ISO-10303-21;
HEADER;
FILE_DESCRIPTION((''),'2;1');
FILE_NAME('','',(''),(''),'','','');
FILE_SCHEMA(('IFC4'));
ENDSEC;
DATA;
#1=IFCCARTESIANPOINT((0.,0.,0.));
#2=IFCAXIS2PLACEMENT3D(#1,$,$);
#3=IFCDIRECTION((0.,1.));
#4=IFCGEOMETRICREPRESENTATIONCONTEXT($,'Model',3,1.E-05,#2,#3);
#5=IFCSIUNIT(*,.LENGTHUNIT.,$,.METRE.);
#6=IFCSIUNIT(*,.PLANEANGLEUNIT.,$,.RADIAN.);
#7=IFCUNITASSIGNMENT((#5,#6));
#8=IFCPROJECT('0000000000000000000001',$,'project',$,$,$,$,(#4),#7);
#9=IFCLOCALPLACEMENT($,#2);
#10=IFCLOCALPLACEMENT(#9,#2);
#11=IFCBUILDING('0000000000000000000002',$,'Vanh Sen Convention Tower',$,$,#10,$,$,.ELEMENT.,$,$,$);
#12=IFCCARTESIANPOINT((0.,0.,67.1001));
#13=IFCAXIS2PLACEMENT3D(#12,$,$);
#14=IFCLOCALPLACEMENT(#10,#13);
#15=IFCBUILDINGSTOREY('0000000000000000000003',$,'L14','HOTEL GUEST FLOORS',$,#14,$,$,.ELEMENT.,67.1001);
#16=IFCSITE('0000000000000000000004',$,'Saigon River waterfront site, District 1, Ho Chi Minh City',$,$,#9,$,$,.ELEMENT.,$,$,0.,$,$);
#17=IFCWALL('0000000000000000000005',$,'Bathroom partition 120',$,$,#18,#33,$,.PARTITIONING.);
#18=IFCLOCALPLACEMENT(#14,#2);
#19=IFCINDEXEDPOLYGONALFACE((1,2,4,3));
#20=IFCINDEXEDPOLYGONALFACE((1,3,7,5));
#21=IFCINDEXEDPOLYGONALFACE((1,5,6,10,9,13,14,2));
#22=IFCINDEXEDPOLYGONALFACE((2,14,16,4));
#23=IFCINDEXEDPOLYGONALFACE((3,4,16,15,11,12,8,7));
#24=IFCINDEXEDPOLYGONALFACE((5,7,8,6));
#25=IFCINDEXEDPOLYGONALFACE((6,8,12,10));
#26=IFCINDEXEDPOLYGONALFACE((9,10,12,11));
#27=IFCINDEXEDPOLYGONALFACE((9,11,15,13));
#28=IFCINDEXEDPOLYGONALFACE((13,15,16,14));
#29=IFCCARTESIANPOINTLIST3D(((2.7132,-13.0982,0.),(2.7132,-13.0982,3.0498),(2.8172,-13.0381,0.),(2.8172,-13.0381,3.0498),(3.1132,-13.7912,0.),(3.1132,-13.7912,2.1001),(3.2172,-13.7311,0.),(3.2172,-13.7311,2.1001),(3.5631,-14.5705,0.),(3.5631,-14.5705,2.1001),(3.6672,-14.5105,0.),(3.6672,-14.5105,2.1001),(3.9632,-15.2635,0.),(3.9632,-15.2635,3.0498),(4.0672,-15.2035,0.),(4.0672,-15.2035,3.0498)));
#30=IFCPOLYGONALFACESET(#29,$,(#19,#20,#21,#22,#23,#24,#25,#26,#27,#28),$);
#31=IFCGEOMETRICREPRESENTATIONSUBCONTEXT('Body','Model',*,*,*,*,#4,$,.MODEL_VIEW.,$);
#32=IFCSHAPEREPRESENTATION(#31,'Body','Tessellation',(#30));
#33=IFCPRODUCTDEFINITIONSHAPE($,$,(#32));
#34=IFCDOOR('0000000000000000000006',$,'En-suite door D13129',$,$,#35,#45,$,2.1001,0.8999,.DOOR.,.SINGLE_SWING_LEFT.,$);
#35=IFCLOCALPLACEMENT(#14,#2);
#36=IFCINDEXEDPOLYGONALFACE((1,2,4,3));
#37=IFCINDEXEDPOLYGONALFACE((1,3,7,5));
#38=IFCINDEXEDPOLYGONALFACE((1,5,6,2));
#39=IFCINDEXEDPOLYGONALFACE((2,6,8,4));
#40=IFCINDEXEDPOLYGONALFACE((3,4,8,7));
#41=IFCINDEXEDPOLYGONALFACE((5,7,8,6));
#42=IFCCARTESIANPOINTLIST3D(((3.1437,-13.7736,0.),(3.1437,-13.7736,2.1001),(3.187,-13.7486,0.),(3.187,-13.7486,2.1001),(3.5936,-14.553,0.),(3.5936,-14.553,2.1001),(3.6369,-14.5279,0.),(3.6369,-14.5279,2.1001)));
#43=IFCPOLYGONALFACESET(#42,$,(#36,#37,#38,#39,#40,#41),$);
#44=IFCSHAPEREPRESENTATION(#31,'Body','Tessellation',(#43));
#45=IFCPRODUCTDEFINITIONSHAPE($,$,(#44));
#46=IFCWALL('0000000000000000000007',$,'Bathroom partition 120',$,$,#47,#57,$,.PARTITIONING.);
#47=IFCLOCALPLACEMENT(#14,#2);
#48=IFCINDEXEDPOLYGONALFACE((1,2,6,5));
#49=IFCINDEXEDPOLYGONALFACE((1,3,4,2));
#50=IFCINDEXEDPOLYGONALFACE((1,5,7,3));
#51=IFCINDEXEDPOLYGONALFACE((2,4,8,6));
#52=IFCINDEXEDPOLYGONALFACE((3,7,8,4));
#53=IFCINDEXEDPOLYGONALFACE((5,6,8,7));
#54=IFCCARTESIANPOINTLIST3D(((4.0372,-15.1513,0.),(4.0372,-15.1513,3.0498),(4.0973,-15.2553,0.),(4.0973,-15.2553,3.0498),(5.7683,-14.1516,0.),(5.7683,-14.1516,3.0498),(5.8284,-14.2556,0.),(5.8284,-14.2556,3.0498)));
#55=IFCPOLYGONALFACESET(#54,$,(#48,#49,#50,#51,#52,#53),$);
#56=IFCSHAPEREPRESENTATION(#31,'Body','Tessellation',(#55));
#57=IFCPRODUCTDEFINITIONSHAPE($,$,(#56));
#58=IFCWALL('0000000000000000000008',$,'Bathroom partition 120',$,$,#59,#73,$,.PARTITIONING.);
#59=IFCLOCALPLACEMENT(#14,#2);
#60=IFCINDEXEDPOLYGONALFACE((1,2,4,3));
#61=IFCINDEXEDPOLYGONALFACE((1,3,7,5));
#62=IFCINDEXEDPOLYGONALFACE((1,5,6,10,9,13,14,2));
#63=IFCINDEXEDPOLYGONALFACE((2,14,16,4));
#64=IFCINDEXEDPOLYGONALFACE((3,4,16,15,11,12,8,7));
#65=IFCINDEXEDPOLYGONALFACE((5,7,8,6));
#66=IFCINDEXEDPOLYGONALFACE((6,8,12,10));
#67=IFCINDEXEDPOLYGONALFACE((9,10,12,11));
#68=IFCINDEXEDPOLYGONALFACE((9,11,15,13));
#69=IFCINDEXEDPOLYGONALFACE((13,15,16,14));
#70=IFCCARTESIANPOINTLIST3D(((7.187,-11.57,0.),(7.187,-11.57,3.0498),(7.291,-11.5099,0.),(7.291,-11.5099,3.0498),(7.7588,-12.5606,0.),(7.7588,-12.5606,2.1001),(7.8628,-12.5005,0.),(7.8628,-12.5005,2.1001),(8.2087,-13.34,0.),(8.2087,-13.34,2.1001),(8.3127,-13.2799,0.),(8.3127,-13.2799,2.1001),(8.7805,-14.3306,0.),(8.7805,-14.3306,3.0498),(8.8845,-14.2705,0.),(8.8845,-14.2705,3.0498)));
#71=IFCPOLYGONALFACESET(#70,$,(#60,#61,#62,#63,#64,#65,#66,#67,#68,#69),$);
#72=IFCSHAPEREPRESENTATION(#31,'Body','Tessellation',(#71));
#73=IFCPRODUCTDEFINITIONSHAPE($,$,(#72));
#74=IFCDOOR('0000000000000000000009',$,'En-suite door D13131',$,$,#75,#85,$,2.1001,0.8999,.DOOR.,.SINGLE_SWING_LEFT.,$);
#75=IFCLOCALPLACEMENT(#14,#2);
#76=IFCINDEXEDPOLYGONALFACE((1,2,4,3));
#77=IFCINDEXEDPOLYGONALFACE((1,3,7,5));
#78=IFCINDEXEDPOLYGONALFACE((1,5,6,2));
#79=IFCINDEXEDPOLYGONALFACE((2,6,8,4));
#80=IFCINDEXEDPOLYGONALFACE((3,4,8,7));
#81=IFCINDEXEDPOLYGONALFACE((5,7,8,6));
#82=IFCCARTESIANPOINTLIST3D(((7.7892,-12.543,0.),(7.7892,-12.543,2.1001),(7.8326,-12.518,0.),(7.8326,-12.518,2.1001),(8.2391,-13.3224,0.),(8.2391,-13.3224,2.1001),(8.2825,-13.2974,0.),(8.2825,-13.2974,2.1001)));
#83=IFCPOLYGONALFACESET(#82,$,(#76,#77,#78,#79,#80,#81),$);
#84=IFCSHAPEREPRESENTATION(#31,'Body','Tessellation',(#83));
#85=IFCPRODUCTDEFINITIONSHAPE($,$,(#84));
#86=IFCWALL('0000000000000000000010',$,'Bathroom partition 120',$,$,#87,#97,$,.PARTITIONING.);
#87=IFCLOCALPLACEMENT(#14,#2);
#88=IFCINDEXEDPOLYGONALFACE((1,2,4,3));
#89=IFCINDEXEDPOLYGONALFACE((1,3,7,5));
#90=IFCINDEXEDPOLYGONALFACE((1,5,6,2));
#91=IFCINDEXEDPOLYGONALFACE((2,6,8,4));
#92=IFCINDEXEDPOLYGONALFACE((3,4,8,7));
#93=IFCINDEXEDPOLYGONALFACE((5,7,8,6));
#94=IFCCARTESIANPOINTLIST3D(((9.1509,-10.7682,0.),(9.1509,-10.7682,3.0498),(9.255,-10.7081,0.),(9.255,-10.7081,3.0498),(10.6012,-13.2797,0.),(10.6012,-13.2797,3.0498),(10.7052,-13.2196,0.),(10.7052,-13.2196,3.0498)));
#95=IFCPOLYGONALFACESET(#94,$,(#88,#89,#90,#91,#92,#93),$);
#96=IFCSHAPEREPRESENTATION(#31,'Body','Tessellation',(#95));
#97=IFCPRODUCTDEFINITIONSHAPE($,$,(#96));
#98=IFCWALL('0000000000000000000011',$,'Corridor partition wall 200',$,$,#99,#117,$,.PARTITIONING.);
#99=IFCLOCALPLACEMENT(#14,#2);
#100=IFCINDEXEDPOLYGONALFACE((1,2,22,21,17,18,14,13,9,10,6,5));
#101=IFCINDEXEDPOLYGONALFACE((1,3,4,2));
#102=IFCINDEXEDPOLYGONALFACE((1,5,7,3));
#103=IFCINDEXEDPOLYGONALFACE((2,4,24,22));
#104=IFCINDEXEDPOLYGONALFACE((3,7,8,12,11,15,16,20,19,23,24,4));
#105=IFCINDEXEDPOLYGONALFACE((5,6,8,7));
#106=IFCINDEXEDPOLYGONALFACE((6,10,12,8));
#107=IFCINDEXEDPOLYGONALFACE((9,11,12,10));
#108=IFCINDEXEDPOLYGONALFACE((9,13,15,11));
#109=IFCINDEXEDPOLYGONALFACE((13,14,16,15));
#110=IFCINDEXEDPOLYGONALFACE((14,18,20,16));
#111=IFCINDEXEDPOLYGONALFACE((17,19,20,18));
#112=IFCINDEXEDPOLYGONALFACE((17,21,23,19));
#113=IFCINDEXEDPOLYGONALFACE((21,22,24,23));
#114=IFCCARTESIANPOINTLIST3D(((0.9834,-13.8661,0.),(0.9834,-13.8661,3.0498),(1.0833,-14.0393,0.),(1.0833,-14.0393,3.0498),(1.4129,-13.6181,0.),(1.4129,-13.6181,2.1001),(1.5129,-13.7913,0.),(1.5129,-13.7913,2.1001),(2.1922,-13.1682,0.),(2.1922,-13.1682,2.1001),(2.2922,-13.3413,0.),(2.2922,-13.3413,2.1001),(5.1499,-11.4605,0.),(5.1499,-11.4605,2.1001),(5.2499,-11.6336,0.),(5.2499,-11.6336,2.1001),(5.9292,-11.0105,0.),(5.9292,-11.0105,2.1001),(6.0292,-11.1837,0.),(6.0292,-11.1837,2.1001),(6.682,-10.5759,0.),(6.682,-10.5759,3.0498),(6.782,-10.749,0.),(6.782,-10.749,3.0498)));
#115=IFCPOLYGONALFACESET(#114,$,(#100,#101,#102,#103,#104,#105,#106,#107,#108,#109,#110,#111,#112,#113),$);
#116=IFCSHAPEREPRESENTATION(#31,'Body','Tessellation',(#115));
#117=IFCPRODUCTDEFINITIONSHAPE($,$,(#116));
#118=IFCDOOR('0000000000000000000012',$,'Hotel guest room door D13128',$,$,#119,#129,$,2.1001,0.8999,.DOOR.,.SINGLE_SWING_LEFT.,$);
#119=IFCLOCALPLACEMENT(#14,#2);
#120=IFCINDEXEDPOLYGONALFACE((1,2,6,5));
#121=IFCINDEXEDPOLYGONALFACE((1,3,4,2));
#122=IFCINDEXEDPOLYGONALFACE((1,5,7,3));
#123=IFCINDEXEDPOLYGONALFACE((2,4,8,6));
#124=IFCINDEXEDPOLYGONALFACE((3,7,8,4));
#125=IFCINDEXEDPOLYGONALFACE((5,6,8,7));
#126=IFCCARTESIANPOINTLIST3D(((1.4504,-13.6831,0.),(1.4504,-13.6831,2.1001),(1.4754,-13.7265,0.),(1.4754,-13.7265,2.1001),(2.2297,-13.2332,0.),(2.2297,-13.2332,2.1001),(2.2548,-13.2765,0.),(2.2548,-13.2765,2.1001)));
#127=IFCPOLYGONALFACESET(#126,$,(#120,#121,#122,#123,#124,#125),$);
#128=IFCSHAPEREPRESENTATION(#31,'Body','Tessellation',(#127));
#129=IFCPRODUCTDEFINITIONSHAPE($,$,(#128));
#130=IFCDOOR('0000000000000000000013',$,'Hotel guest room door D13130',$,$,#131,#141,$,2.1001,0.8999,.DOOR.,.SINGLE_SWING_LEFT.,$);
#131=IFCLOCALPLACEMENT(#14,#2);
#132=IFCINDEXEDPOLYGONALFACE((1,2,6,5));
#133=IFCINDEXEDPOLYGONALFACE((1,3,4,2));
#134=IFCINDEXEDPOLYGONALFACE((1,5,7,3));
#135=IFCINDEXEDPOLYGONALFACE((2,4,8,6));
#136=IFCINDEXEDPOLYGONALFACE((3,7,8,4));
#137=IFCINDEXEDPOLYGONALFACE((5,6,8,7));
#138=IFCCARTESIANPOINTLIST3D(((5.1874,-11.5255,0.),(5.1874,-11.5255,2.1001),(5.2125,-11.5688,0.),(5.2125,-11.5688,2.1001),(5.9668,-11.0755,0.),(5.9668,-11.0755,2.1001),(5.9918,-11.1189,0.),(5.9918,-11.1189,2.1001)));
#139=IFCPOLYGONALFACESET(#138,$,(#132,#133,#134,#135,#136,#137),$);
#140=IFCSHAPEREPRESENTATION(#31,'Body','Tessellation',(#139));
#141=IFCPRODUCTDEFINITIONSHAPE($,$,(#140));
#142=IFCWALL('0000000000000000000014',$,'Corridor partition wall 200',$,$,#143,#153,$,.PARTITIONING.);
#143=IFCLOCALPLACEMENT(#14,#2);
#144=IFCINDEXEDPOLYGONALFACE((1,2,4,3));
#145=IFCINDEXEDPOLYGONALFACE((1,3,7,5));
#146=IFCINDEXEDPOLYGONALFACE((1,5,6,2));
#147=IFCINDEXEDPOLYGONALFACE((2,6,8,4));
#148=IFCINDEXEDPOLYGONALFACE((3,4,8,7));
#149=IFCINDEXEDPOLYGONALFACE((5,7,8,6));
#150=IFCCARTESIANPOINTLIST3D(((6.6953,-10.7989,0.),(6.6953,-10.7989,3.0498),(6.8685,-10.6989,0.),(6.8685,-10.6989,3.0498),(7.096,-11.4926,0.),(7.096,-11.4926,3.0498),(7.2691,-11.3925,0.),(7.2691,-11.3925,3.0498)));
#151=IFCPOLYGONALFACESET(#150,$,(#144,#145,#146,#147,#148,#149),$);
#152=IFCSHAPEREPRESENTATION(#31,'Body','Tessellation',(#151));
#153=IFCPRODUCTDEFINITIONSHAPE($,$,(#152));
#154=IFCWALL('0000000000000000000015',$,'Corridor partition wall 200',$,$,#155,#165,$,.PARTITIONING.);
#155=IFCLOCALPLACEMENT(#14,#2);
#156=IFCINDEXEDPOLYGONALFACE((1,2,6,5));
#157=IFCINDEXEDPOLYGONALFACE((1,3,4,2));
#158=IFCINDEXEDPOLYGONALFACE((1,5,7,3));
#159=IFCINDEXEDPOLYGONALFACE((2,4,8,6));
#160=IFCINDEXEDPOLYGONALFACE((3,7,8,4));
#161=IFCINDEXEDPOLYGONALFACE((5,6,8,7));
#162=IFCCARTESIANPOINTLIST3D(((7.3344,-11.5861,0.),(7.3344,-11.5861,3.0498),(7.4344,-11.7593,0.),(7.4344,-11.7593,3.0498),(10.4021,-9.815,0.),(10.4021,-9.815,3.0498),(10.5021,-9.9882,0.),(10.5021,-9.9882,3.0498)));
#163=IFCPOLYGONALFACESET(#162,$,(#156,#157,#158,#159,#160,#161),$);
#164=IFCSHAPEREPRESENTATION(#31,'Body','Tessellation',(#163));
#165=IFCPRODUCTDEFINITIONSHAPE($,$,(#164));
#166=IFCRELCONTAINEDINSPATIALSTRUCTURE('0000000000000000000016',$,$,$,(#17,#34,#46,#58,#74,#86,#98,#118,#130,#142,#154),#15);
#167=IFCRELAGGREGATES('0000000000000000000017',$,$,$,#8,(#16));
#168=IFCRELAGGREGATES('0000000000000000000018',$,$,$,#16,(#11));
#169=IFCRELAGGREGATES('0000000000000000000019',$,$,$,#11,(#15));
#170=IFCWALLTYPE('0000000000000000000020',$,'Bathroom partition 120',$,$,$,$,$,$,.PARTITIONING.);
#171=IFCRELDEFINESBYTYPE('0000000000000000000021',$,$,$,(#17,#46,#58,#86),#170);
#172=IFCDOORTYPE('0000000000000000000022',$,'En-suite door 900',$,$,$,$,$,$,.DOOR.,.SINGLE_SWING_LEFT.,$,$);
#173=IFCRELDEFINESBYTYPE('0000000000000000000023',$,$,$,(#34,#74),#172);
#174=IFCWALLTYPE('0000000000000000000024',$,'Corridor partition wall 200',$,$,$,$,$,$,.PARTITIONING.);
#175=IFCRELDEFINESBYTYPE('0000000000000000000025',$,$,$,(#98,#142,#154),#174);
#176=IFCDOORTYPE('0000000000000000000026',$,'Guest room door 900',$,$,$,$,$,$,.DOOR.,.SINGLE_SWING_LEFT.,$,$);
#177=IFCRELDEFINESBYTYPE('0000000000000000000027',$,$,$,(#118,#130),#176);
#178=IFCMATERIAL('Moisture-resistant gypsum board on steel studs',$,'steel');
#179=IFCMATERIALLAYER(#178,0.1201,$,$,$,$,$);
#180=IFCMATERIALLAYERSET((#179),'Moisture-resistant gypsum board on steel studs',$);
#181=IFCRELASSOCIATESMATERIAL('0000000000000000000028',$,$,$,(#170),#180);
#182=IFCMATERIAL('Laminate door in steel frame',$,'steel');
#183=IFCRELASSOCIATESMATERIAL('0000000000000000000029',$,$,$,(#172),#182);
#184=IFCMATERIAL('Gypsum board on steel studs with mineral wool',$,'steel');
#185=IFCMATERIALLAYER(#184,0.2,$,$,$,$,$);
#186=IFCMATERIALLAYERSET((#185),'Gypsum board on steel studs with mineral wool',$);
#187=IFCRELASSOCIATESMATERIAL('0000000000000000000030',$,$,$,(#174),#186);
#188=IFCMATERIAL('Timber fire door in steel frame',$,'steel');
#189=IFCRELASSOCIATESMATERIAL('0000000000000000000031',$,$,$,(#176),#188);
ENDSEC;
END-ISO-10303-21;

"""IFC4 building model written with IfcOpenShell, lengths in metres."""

from ifc_helpers import new_model, si_unit, direction, frame, frame_2d, origin, place, context, subcontext, project, spatial, rectangle, extrude, material, layer, layer_set, type_object, element, fill, save


model = new_model("IFC4")

# Units and contexts
model_context = context("Model", 3, precision=1e-05, world=origin(), true_north=direction((0.0, 1.0)))
body_context = subcontext(model_context, "Body", "Model", "MODEL_VIEW")
ifc_project = project(units=[si_unit("LENGTHUNIT", "METRE"), si_unit("PLANEANGLEUNIT", "RADIAN")], contexts=[model_context])

# Site, building, storey
site_placement = place(None, origin())
site = spatial("IfcSite", under=ifc_project, at=site_placement, Name="Saigon River waterfront site, District 1, Ho Chi Minh City", CompositionType="ELEMENT", RefElevation=0.0)
building_placement = place(site_placement, origin())
building = spatial("IfcBuilding", under=site, at=building_placement, Name="Vanh Sen Convention Tower", CompositionType="ELEMENT")
storey_placement = place(building_placement, frame((0.0, 0.0, 67.1001)))
storey = spatial("IfcBuildingStorey", under=building, at=storey_placement, Name="L14", Description="HOTEL GUEST FLOORS", CompositionType="ELEMENT", Elevation=67.1001)

# Wall, opening, door
ifc_material_1 = material(Name="Moisture-resistant gypsum board on steel studs", Category="steel")
ifc_layer_1 = layer(ifc_material_1, 0.1201)
ifc_layer_set_1 = layer_set([ifc_layer_1], Name="Moisture-resistant gypsum board on steel studs")
wall_type_1 = type_object("IfcWallType", Name="Bathroom partition 120", PredefinedType="PARTITIONING", material=ifc_layer_set_1)
wall_1_placement = place(storey_placement, frame((4.0151, -15.2334, 0.0), z_axis=(0.0, 0.0, 1.0), x_axis=(-0.499962, 0.866047, 0.0)))
wall_1 = element("IfcWall", 1, at=wall_1_placement, inside=storey, type_object=wall_type_1, Name="Bathroom partition 120", PredefinedType="PARTITIONING", context=body_context, shape_type="SweptSolid", body=[
    extrude(rectangle(XDim=2.5002, YDim=0.1201, at=frame_2d((1.25, 0.0))), origin(), (0.0, 0.0, 1.0), 3.0498),
])
opening_1_placement = place(wall_1_placement, frame((0.8, 0.0, 0.0)))
opening_1 = element("IfcOpeningElement", 2, at=opening_1_placement, cuts=wall_1, PredefinedType="OPENING", context=body_context, shape_type="SweptSolid", body=[
    extrude(rectangle(XDim=0.8999, YDim=2.1001, at=frame_2d((0.45, 1.05))), frame((0.0, 0.0701, 0.0), z_axis=(0.0, -1.0, 0.0), x_axis=(1.0, 0.0, 0.0)), (0.0, 0.0, 1.0), 0.1401),
])
ifc_material_2 = material(Name="Laminate door in steel frame", Category="steel")
door_type_1 = type_object("IfcDoorType", Name="En-suite door 900", OperationType="SINGLE_SWING_LEFT", PredefinedType="DOOR", material=ifc_material_2)
door_1_placement = place(opening_1_placement, origin())
door_1 = element("IfcDoor", 3, at=door_1_placement, inside=storey, type_object=door_type_1, Name="En-suite door D13129", OperationType="SINGLE_SWING_LEFT", OverallHeight=2.1001, OverallWidth=0.8999, PredefinedType="DOOR", context=body_context, shape_type="SweptSolid", body=[
    extrude(rectangle(XDim=0.8999, YDim=2.1001, at=frame_2d((0.45, 1.05))), frame((0.0, 0.0249, 0.0), z_axis=(0.0, -1.0, 0.0), x_axis=(1.0, 0.0, 0.0)), (0.0, 0.0, 1.0), 0.05),
])
fill(opening_1, door_1)

# Wall
wall_2_placement = place(storey_placement, frame((5.7983, -14.2036, 0.0), z_axis=(0.0, 0.0, 1.0), x_axis=(-0.865972, -0.500092, 0.0)))
element("IfcWall", 4, at=wall_2_placement, inside=storey, type_object=wall_type_1, Name="Bathroom partition 120", PredefinedType="PARTITIONING", context=body_context, shape_type="SweptSolid", body=[
    extrude(rectangle(XDim=1.999, YDim=0.1201, at=frame_2d((0.9995, 0.0))), origin(), (0.0, 0.0, 1.0), 3.0498),
])

# Wall, opening, door
wall_3_placement = place(storey_placement, frame((8.8325, -14.3005, 0.0), z_axis=(0.0, 0.0, 1.0), x_axis=(-0.499937, 0.866062, 0.0)))
wall_3 = element("IfcWall", 5, at=wall_3_placement, inside=storey, type_object=wall_type_1, Name="Bathroom partition 120", PredefinedType="PARTITIONING", context=body_context, shape_type="SweptSolid", body=[
    extrude(rectangle(XDim=3.1875, YDim=0.1201, at=frame_2d((1.5938, 0.0))), origin(), (0.0, 0.0, 1.0), 3.0498),
])
opening_2_placement = place(wall_3_placement, frame((1.1438, 0.0, 0.0)))
opening_2 = element("IfcOpeningElement", 6, at=opening_2_placement, cuts=wall_3, PredefinedType="OPENING", context=body_context, shape_type="SweptSolid", body=[
    extrude(rectangle(XDim=0.8999, YDim=2.1001, at=frame_2d((0.45, 1.05))), frame((0.0, 0.0701, 0.0), z_axis=(0.0, -1.0, 0.0), x_axis=(1.0, 0.0, 0.0)), (0.0, 0.0, 1.0), 0.1401),
])
door_2_placement = place(opening_2_placement, origin())
door_2 = element("IfcDoor", 7, at=door_2_placement, inside=storey, type_object=door_type_1, Name="En-suite door D13131", OperationType="SINGLE_SWING_LEFT", OverallHeight=2.1001, OverallWidth=0.8999, PredefinedType="DOOR", context=body_context, shape_type="SweptSolid", body=[
    extrude(rectangle(XDim=0.8999, YDim=2.1001, at=frame_2d((0.45, 1.05))), frame((0.0, 0.0249, 0.0), z_axis=(0.0, -1.0, 0.0), x_axis=(1.0, 0.0, 0.0)), (0.0, 0.0, 1.0), 0.05),
])
fill(opening_2, door_2)

# Wall
wall_4_placement = place(storey_placement, frame((9.2029, -10.738, 0.0), z_axis=(0.0, 0.0, 1.0), x_axis=(0.50005, -0.865996, 0.0)))
element("IfcWall", 8, at=wall_4_placement, inside=storey, type_object=wall_type_1, Name="Bathroom partition 120", PredefinedType="PARTITIONING", context=body_context, shape_type="SweptSolid", body=[
    extrude(rectangle(XDim=2.9001, YDim=0.1201, at=frame_2d((1.4502, 0.0))), origin(), (0.0, 0.0, 1.0), 3.0498),
])

# Wall, openings, doors
ifc_material_3 = material(Name="Gypsum board on steel studs with mineral wool", Category="steel")
ifc_layer_2 = layer(ifc_material_3, 0.2)
ifc_layer_set_2 = layer_set([ifc_layer_2], Name="Gypsum board on steel studs with mineral wool")
wall_type_2 = type_object("IfcWallType", Name="Corridor partition wall 200", PredefinedType="PARTITIONING", material=ifc_layer_set_2)
wall_5_placement = place(storey_placement, frame((1.0334, -13.9526, 0.0), z_axis=(0.0, 0.0, 1.0), x_axis=(0.866018, 0.500014, 0.0)))
wall_5 = element("IfcWall", 9, at=wall_5_placement, inside=storey, type_object=wall_type_2, Name="Corridor partition wall 200", PredefinedType="PARTITIONING", context=body_context, shape_type="SweptSolid", body=[
    extrude(rectangle(XDim=6.5803, YDim=0.2, at=frame_2d((3.29, 0.0))), origin(), (0.0, 0.0, 1.0), 3.0498),
])
opening_3_placement = place(wall_5_placement, frame((0.4958, 0.0, 0.0)))
opening_3 = element("IfcOpeningElement", 10, at=opening_3_placement, cuts=wall_5, PredefinedType="OPENING", context=body_context, shape_type="SweptSolid", body=[
    extrude(rectangle(XDim=0.8999, YDim=2.1001, at=frame_2d((0.45, 1.05))), frame((0.0, 0.1099, 0.0), z_axis=(0.0, -1.0, 0.0), x_axis=(1.0, 0.0, 0.0)), (0.0, 0.0, 1.0), 0.22),
])
opening_4_placement = place(wall_5_placement, frame((4.811, 0.0, 0.0)))
opening_4 = element("IfcOpeningElement", 11, at=opening_4_placement, cuts=wall_5, PredefinedType="OPENING", context=body_context, shape_type="SweptSolid", body=[
    extrude(rectangle(XDim=0.8999, YDim=2.1001, at=frame_2d((0.45, 1.05))), frame((0.0, 0.1099, 0.0), z_axis=(0.0, -1.0, 0.0), x_axis=(1.0, 0.0, 0.0)), (0.0, 0.0, 1.0), 0.22),
])
ifc_material_4 = material(Name="Timber fire door in steel frame", Category="steel")
door_type_2 = type_object("IfcDoorType", Name="Guest room door 900", OperationType="SINGLE_SWING_LEFT", PredefinedType="DOOR", material=ifc_material_4)
door_3_placement = place(opening_3_placement, origin())
door_3 = element("IfcDoor", 12, at=door_3_placement, inside=storey, type_object=door_type_2, Name="Hotel guest room door D13128", OperationType="SINGLE_SWING_LEFT", OverallHeight=2.1001, OverallWidth=0.8999, PredefinedType="DOOR", context=body_context, shape_type="SweptSolid", body=[
    extrude(rectangle(XDim=0.8999, YDim=2.1001, at=frame_2d((0.45, 1.05))), frame((0.0, 0.0249, 0.0), z_axis=(0.0, -1.0, 0.0), x_axis=(1.0, 0.0, 0.0)), (0.0, 0.0, 1.0), 0.05),
])
fill(opening_3, door_3)
door_4_placement = place(opening_4_placement, origin())
door_4 = element("IfcDoor", 13, at=door_4_placement, inside=storey, type_object=door_type_2, Name="Hotel guest room door D13130", OperationType="SINGLE_SWING_LEFT", OverallHeight=2.1001, OverallWidth=0.8999, PredefinedType="DOOR", context=body_context, shape_type="SweptSolid", body=[
    extrude(rectangle(XDim=0.8999, YDim=2.1001, at=frame_2d((0.45, 1.05))), frame((0.0, 0.0249, 0.0), z_axis=(0.0, -1.0, 0.0), x_axis=(1.0, 0.0, 0.0)), (0.0, 0.0, 1.0), 0.05),
])
fill(opening_4, door_4)

# Walls
wall_6_placement = place(storey_placement, frame((6.782, -10.749, 0.0), z_axis=(0.0, 0.0, 1.0), x_axis=(0.500171, -0.865927, 0.0)))
element("IfcWall", 14, at=wall_6_placement, inside=storey, type_object=wall_type_2, Name="Corridor partition wall 200", PredefinedType="PARTITIONING", context=body_context, shape_type="SweptSolid", body=[
    extrude(rectangle(XDim=0.801, YDim=0.2, at=frame_2d((0.4004, 0.0))), origin(), (0.0, 0.0, 1.0), 3.0498),
])
wall_7_placement = place(storey_placement, frame((7.3845, -11.6726, 0.0), z_axis=(0.0, 0.0, 1.0), x_axis=(0.866038, 0.499979, 0.0)))
element("IfcWall", 15, at=wall_7_placement, inside=storey, type_object=wall_type_2, Name="Corridor partition wall 200", PredefinedType="PARTITIONING", context=body_context, shape_type="SweptSolid", body=[
    extrude(rectangle(XDim=3.5422, YDim=0.2, at=frame_2d((1.771, 0.0))), origin(), (0.0, 0.0, 1.0), 3.0498),
])

save(model, "model.ifc")
